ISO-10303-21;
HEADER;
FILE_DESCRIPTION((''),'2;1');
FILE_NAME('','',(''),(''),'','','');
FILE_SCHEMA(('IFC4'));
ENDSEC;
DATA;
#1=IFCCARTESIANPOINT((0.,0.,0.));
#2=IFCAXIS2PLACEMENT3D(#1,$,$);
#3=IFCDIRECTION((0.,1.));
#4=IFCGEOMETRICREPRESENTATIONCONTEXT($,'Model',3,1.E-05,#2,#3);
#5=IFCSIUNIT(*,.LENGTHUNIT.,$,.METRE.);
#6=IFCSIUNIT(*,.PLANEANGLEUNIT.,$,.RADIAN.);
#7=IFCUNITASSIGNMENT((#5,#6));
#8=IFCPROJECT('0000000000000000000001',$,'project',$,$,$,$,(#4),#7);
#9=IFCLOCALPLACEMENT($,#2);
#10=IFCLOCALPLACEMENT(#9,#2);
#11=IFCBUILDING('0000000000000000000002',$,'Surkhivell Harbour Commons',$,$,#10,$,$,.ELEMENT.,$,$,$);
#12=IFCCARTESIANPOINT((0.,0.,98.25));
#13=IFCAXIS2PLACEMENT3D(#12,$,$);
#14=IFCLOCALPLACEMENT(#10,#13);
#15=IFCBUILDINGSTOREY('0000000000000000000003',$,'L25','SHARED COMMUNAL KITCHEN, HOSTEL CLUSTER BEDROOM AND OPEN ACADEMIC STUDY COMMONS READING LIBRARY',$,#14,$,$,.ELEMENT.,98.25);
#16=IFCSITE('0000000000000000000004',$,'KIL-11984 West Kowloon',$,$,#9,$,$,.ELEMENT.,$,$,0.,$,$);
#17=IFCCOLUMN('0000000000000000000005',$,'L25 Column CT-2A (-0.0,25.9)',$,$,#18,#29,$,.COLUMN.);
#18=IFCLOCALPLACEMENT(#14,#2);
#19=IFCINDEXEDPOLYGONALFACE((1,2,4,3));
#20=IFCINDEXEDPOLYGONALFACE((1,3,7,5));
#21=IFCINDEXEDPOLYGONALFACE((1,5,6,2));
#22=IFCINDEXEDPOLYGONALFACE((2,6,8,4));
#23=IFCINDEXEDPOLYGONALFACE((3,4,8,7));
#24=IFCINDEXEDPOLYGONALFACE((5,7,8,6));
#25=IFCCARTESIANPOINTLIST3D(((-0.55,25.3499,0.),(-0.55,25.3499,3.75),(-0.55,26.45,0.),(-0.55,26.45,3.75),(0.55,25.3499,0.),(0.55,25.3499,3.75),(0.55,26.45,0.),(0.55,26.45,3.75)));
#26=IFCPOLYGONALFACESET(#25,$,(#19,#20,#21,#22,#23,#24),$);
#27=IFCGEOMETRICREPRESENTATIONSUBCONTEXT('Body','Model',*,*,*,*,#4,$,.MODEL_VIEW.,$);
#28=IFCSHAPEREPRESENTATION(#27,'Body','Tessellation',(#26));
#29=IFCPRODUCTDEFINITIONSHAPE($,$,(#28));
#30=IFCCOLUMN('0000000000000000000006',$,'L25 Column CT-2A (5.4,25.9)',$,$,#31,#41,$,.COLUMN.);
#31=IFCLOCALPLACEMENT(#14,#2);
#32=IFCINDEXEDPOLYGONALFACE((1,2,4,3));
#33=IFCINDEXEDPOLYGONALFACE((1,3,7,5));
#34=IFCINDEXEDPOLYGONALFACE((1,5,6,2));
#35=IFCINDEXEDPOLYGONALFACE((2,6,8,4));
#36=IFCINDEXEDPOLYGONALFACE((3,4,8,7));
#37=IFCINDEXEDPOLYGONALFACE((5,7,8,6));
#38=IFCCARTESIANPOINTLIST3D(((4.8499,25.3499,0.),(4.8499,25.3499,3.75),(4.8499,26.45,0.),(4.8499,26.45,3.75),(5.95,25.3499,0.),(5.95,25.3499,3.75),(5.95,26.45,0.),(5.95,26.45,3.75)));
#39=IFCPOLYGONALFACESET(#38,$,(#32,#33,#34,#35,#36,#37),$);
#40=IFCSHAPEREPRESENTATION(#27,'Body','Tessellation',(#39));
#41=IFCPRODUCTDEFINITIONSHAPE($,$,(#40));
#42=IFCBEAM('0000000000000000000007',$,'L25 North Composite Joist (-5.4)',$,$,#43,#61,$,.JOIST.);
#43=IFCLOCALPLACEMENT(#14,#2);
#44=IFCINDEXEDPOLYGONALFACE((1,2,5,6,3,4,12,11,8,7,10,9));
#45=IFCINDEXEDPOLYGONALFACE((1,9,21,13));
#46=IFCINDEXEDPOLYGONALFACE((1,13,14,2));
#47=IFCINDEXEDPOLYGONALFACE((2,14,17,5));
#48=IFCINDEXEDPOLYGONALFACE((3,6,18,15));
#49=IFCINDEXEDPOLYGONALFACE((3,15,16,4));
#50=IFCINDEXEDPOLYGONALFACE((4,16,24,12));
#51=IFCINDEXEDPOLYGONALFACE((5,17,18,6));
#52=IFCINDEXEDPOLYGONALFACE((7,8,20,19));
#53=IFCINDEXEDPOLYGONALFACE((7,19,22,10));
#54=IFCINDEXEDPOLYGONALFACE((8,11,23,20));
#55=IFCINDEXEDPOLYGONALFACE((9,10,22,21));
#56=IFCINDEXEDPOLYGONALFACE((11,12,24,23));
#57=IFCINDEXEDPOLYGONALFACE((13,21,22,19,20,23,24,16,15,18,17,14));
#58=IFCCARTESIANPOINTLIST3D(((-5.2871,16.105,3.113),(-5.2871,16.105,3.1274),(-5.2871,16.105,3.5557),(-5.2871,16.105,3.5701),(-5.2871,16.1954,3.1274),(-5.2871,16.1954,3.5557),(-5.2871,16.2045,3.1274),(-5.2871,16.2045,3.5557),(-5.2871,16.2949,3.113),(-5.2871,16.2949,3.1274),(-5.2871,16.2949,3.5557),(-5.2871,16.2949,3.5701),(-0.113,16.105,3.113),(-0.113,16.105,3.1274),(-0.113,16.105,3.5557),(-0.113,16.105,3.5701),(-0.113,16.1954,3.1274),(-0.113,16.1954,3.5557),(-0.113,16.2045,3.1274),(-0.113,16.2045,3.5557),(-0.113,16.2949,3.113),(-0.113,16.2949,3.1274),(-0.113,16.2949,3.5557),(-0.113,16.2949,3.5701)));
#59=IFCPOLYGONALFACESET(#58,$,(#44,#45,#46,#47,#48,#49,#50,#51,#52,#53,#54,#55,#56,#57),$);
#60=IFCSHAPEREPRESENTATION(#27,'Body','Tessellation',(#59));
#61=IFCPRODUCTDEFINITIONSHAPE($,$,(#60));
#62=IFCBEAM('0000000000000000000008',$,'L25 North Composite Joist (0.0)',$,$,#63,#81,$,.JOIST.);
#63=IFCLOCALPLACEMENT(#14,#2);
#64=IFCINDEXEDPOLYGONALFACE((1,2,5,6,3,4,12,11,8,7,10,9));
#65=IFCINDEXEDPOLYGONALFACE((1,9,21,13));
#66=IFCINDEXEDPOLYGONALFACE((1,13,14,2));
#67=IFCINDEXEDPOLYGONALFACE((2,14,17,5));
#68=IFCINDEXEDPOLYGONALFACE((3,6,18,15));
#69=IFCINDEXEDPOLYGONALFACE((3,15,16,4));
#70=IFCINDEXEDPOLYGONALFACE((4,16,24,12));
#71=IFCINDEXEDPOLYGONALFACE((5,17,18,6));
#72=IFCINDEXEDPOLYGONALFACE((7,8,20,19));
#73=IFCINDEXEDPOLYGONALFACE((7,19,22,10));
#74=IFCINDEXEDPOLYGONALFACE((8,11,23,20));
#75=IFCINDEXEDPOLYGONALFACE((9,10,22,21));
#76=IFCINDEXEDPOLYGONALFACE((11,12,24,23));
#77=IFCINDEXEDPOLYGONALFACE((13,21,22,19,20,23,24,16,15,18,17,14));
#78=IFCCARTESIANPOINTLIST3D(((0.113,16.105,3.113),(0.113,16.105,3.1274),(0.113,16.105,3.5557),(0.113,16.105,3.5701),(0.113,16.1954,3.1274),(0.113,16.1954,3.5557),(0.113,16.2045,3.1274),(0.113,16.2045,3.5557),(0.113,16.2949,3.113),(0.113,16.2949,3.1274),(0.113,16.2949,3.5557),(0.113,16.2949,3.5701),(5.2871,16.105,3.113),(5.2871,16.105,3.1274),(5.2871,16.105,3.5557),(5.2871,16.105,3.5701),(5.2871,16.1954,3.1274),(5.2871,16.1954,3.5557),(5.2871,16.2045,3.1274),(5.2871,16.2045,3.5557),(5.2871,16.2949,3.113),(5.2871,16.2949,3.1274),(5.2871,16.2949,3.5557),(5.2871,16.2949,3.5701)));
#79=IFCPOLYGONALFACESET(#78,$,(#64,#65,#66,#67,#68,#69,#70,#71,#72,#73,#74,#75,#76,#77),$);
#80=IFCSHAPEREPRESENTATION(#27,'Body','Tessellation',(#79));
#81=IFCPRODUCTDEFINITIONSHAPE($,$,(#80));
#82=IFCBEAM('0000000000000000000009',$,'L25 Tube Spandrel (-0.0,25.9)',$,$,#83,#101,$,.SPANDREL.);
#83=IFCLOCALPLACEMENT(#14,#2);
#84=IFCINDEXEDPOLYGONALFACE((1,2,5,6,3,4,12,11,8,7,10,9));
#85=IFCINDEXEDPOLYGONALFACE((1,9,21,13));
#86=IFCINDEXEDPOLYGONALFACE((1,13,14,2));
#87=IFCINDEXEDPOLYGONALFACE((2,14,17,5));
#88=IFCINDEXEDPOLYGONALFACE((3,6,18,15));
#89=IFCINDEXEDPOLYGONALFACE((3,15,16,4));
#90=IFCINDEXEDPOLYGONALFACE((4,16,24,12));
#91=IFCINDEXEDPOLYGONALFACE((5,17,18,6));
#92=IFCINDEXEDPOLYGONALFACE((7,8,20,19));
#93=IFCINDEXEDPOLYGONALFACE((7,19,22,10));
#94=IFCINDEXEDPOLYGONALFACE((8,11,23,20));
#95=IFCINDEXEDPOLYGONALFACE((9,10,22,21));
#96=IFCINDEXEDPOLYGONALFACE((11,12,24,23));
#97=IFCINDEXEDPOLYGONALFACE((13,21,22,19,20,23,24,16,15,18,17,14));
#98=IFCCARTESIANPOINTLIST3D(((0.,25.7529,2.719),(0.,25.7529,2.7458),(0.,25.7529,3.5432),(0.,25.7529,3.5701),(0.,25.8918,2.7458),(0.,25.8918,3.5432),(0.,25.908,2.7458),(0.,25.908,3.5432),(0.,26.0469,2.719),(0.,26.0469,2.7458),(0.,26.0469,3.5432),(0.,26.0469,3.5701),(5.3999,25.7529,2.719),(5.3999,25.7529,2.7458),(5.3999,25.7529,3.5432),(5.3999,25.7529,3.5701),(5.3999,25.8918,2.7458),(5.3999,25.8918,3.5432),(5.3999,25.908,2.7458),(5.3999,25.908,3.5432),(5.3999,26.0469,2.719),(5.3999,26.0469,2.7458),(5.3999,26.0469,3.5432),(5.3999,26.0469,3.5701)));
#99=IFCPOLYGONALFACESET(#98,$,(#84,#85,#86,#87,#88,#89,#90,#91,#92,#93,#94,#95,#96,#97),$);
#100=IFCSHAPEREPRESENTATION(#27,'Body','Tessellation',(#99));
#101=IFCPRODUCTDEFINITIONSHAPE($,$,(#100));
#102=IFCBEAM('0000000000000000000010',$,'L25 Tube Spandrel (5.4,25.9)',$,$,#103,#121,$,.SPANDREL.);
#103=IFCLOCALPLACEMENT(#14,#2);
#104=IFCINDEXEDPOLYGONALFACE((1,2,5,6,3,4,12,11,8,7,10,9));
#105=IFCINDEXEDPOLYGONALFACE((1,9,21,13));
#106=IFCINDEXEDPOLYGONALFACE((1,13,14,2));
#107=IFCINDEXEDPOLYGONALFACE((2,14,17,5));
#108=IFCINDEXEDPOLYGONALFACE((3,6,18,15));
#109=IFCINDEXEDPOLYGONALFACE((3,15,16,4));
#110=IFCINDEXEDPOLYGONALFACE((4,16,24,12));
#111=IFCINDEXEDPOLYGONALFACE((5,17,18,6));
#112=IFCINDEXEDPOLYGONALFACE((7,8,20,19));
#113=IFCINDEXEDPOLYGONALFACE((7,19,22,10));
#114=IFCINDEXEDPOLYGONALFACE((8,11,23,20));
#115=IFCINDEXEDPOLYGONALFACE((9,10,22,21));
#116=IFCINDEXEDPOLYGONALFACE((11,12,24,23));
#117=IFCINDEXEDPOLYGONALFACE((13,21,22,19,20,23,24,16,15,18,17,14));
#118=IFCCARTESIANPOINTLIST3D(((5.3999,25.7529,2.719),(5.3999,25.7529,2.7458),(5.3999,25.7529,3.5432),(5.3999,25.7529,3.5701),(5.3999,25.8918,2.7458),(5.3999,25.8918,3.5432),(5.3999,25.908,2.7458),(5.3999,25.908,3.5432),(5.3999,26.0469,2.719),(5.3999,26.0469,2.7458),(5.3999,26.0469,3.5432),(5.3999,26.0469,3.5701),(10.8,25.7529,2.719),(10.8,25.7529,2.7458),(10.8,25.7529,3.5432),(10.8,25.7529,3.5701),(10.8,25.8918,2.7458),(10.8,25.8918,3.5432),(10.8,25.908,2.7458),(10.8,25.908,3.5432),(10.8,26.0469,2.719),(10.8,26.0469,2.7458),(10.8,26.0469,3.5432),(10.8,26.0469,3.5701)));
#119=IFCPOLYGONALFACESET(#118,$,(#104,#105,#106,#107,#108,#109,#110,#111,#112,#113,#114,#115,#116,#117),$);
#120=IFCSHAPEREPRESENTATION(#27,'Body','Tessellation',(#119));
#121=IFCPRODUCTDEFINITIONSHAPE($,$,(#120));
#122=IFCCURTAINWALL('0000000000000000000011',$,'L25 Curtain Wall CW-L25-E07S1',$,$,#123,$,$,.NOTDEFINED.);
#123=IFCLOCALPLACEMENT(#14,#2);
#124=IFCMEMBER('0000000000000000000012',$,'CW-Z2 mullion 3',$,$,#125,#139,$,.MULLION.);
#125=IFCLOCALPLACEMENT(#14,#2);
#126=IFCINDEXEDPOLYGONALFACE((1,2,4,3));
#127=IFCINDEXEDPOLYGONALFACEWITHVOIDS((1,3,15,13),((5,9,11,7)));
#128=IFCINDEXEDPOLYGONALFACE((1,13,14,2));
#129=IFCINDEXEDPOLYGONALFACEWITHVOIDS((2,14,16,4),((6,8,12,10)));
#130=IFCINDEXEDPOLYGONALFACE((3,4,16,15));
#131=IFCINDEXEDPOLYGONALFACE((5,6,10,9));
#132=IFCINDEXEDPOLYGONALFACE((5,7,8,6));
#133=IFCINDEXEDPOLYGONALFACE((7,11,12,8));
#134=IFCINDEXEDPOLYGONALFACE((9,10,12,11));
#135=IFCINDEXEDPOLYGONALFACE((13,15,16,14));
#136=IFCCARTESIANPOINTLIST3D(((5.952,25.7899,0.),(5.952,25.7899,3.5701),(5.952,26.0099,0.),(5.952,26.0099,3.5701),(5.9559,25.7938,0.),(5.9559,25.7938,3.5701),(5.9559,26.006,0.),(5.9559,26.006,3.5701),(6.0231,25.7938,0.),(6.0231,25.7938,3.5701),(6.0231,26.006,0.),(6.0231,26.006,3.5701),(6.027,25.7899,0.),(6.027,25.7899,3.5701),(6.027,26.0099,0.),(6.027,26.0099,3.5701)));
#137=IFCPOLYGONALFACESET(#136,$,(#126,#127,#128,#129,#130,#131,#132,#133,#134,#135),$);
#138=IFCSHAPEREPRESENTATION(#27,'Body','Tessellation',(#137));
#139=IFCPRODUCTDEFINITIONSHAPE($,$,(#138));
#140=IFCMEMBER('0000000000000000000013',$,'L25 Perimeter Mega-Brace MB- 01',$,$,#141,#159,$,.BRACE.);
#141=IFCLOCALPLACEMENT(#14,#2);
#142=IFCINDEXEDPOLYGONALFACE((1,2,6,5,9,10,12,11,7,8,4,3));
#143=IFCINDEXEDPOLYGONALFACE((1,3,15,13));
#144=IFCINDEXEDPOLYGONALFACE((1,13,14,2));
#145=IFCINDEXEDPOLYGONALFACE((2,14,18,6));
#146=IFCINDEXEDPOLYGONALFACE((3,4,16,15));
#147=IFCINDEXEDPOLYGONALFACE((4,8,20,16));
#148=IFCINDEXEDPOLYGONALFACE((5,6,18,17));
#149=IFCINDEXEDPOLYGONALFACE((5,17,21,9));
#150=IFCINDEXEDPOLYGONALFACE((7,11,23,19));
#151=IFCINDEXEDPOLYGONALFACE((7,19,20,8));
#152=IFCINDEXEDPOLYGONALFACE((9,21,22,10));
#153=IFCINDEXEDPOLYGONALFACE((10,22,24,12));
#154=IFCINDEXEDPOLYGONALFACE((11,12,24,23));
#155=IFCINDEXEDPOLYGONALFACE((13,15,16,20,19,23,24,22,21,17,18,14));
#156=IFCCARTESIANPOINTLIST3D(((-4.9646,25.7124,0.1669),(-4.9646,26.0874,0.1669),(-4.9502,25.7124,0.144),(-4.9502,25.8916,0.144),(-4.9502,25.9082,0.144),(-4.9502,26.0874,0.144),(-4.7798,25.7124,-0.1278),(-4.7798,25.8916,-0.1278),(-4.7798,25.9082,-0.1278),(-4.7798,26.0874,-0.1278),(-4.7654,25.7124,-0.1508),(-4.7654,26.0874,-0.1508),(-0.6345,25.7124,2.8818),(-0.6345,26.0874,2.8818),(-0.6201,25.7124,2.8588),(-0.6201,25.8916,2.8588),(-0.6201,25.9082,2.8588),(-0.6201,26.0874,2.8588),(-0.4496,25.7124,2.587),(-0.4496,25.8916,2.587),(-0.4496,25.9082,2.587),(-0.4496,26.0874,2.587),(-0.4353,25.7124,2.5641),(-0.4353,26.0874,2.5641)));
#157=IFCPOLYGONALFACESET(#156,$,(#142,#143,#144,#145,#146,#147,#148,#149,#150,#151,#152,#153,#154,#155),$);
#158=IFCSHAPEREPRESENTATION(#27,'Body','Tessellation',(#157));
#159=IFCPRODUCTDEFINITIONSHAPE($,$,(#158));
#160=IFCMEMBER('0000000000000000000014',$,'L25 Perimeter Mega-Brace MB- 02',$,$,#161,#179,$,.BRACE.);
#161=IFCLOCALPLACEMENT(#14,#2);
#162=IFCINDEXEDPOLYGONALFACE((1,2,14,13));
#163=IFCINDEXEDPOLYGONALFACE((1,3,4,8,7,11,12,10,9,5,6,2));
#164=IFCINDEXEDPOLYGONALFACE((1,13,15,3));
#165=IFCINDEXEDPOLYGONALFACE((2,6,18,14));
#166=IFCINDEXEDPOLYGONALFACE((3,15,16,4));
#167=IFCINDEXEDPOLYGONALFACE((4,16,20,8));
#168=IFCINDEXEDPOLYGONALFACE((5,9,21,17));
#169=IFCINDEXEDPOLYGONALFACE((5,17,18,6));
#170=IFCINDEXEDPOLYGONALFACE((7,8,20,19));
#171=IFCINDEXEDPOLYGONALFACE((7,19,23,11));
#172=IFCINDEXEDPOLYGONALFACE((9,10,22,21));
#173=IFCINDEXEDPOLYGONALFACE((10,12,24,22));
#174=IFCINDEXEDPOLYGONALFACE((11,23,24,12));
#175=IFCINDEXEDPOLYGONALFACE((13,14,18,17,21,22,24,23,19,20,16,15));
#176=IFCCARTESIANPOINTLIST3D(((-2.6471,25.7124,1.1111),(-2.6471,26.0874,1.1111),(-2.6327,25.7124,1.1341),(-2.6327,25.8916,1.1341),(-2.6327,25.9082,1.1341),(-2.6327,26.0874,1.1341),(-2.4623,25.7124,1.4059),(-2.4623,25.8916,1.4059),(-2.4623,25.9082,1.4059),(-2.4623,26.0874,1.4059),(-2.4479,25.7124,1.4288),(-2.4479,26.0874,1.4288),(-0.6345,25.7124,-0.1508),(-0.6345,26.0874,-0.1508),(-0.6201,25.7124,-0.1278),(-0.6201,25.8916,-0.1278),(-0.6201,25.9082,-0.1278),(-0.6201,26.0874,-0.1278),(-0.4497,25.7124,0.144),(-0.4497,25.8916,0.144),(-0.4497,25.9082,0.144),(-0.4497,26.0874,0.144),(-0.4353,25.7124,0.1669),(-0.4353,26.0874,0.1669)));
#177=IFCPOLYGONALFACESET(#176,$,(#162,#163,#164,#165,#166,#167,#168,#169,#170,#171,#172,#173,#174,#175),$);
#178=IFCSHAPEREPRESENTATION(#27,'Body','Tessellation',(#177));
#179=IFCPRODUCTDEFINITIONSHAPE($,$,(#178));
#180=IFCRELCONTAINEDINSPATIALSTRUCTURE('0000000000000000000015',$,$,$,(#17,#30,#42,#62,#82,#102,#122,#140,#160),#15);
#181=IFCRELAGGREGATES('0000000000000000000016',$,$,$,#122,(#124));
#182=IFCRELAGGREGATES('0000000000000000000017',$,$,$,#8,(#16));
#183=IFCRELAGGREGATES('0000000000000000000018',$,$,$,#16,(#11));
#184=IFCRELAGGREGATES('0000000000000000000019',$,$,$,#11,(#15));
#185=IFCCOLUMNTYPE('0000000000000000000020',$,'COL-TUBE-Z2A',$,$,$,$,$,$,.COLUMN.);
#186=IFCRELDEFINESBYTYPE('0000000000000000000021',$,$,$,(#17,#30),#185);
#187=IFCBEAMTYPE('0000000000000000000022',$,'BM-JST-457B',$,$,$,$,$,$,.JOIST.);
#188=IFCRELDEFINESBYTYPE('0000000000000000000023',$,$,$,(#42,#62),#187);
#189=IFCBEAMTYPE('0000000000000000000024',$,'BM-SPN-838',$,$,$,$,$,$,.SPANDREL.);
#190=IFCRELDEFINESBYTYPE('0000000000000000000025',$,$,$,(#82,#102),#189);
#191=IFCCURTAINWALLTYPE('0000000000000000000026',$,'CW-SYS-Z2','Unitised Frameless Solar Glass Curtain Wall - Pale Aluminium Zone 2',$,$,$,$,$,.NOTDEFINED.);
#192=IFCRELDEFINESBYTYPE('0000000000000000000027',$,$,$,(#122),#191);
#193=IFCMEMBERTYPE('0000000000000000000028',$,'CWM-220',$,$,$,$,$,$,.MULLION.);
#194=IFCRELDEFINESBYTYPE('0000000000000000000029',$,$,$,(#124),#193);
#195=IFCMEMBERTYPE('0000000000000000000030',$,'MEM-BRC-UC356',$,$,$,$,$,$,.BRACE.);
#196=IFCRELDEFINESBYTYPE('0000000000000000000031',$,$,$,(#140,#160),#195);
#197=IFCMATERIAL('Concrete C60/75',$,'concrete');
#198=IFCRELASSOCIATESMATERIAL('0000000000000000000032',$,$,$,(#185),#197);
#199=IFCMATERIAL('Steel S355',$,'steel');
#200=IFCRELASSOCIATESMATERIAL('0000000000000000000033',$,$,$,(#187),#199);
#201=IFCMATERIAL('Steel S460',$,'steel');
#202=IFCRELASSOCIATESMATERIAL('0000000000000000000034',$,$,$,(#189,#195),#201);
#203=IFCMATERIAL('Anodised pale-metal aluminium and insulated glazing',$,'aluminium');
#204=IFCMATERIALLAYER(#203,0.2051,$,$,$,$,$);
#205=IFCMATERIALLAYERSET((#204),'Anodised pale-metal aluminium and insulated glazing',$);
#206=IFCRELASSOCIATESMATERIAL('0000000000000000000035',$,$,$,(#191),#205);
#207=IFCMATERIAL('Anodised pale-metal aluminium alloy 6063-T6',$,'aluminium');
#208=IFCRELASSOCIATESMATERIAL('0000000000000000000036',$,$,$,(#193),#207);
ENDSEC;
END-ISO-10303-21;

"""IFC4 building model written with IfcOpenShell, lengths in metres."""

from ifc_helpers import new_model, si_unit, direction, frame, origin, origin_2d, place, context, subcontext, project, spatial, rectangle, hollow_rectangle, i_section, extrude, material, layer, layer_set, material_profile, profile_set, type_object, element, aggregate, save


model = new_model("IFC4")

# Units and contexts
model_context = context("Model", 3, precision=1e-05, world=origin(), true_north=direction((0.0, 1.0)))
body_context = subcontext(model_context, "Body", "Model", "MODEL_VIEW")
ifc_project = project(units=[si_unit("LENGTHUNIT", "METRE"), si_unit("PLANEANGLEUNIT", "RADIAN")], contexts=[model_context])

# Site, building, storey
site_placement = place(None, origin())
site = spatial("IfcSite", under=ifc_project, at=site_placement, Name="KIL-11984 West Kowloon", CompositionType="ELEMENT", RefElevation=0.0)
building_placement = place(site_placement, origin())
building = spatial("IfcBuilding", under=site, at=building_placement, Name="Surkhivell Harbour Commons", CompositionType="ELEMENT")
storey_placement = place(building_placement, frame((0.0, 0.0, 98.25)))
storey = spatial("IfcBuildingStorey", under=building, at=storey_placement, Name="L25", Description="SHARED COMMUNAL KITCHEN, HOSTEL CLUSTER BEDROOM AND OPEN ACADEMIC STUDY COMMONS READING LIBRARY", CompositionType="ELEMENT", Elevation=98.25)

# Columns
ifc_material_1 = material(Name="Concrete C60/75", Category="concrete")
ifc_material_profile_1 = material_profile(ifc_material_1, rectangle(XDim=1.1001, YDim=1.1001, at=origin_2d()), Name="RC-COL-1100x1100")
ifc_profile_set_1 = profile_set([ifc_material_profile_1], Name="Concrete C60/75")
column_type = type_object("IfcColumnType", Name="COL-TUBE-Z2A", PredefinedType="COLUMN", material=ifc_profile_set_1)
for number, where, z_axis, x_axis, name in (
    (1, (0.0, 25.8999, 0.0), (0.0, 0.0, 1.0), (1.0, 0.0, 0.0), "L25 Column CT-2A (-0.0,25.9)"),
    (2, (5.3999, 25.8999, 0.0), (0.0, 0.0, 1.0), (1.0, 0.0, 0.0), "L25 Column CT-2A (5.4,25.9)"),
):
    element("IfcColumn", number, at=place(storey_placement, frame(where, z_axis=z_axis, x_axis=x_axis)), inside=storey, type_object=column_type, Name=name, PredefinedType="COLUMN", context=body_context, shape_type="SweptSolid", body=[
        extrude(rectangle(XDim=1.1001, YDim=1.1001, at=origin_2d()), origin(), (0.0, 0.0, 1.0), 3.75),
    ])

# Beams
ifc_material_2 = material(Name="Steel S355", Category="steel")
ifc_material_profile_2 = material_profile(ifc_material_2, i_section(OverallWidth=0.1899, OverallDepth=0.457, WebThickness=0.009, FlangeThickness=0.0144, at=origin_2d()), Name="UB457x191x74")
ifc_profile_set_2 = profile_set([ifc_material_profile_2], Name="Steel S355")
beam_type_1 = type_object("IfcBeamType", Name="BM-JST-457B", PredefinedType="JOIST", material=ifc_profile_set_2)
for number, where, z_axis, x_axis, name in (
    (3, (-5.2871, 16.2, 3.3416), (1.0, 0.0, 0.0), (0.0, 1.0, 0.0), "L25 North Composite Joist (-5.4)"),
    (4, (0.113, 16.2, 3.3416), (1.0, 0.0, 0.0), (0.0, 1.0, 0.0), "L25 North Composite Joist (0.0)"),
):
    element("IfcBeam", number, at=place(storey_placement, frame(where, z_axis=z_axis, x_axis=x_axis)), inside=storey, type_object=beam_type_1, Name=name, PredefinedType="JOIST", context=body_context, shape_type="SweptSolid", body=[
        extrude(i_section(OverallWidth=0.1899, OverallDepth=0.457, WebThickness=0.009, FlangeThickness=0.0144, at=origin_2d()), origin(), (0.0, 0.0, 1.0), 5.1741),
    ])
ifc_material_3 = material(Name="Steel S460", Category="steel")
ifc_material_profile_3 = material_profile(ifc_material_3, i_section(OverallWidth=0.2939, OverallDepth=0.8511, WebThickness=0.0161, FlangeThickness=0.0269, at=origin_2d()), Name="UB838x292x226")
ifc_profile_set_3 = profile_set([ifc_material_profile_3], Name="Steel S460")
beam_type_2 = type_object("IfcBeamType", Name="BM-SPN-838", PredefinedType="SPANDREL", material=ifc_profile_set_3)
beam_1_placement = place(storey_placement, frame((0.0, 25.8999, 3.1445), z_axis=(1.0, 0.0, 0.0), x_axis=(0.0, 1.0, 0.0)))
element("IfcBeam", 5, at=beam_1_placement, inside=storey, type_object=beam_type_2, Name="L25 Tube Spandrel (-0.0,25.9)", PredefinedType="SPANDREL", context=body_context, shape_type="SweptSolid", body=[
    extrude(i_section(OverallWidth=0.2939, OverallDepth=0.8511, WebThickness=0.0161, FlangeThickness=0.0269, at=origin_2d()), origin(), (0.0, 0.0, 1.0), 5.3999),
])
beam_2_placement = place(storey_placement, frame((5.3999, 25.8999, 3.1445), z_axis=(1.0, 0.0, 0.0), x_axis=(0.0, 1.0, 0.0)))
element("IfcBeam", 6, at=beam_2_placement, inside=storey, type_object=beam_type_2, Name="L25 Tube Spandrel (5.4,25.9)", PredefinedType="SPANDREL", context=body_context, shape_type="SweptSolid", body=[
    extrude(i_section(OverallWidth=0.2939, OverallDepth=0.8511, WebThickness=0.0161, FlangeThickness=0.0269, at=origin_2d()), origin(), (0.0, 0.0, 1.0), 5.4001),
])

# Curtain wall, member
ifc_material_4 = material(Name="Anodised pale-metal aluminium and insulated glazing", Category="aluminium")
ifc_layer_1 = layer(ifc_material_4, 0.2051)
ifc_layer_set_1 = layer_set([ifc_layer_1], Name="Anodised pale-metal aluminium and insulated glazing")
curtain_wall_type = type_object("IfcCurtainWallType", Name="CW-SYS-Z2", Description="Unitised Frameless Solar Glass Curtain Wall - Pale Aluminium Zone 2", PredefinedType="NOTDEFINED", material=ifc_layer_set_1)
curtain_wall_placement = place(storey_placement, origin())
curtain_wall = element("IfcCurtainWall", 7, at=curtain_wall_placement, inside=storey, type_object=curtain_wall_type, Name="L25 Curtain Wall CW-L25-E07S1", PredefinedType="NOTDEFINED")
ifc_material_5 = material(Name="Anodised pale-metal aluminium alloy 6063-T6", Category="aluminium")
ifc_material_profile_4 = material_profile(ifc_material_5, hollow_rectangle(XDim=0.075, YDim=0.22, WallThickness=0.0039, at=origin_2d()), Name="ALU-MULL-75x220")
ifc_profile_set_4 = profile_set([ifc_material_profile_4], Name="Anodised pale-metal aluminium alloy 6063-T6")
member_type_1 = type_object("IfcMemberType", Name="CWM-220", PredefinedType="MULLION", material=ifc_profile_set_4)
member_1_placement = place(storey_placement, frame((5.9895, 25.8999, 0.0), z_axis=(0.0, 0.0, 1.0), x_axis=(-1.0, 0.0, 0.0)))
member_1 = element("IfcMember", 8, at=member_1_placement, type_object=member_type_1, Name="CW-Z2 mullion 3", PredefinedType="MULLION", context=body_context, shape_type="SweptSolid", body=[
    extrude(hollow_rectangle(XDim=0.075, YDim=0.22, WallThickness=0.0039, at=origin_2d()), origin(), (0.0, 0.0, 1.0), 3.5701),
])
aggregate(curtain_wall, [member_1])

# Members
ifc_material_profile_5 = material_profile(ifc_material_3, i_section(OverallWidth=0.375, OverallDepth=0.375, WebThickness=0.0166, FlangeThickness=0.0271, at=origin_2d()), Name="UC356x368x202")
ifc_profile_set_5 = profile_set([ifc_material_profile_5], Name="Steel S460")
member_type_2 = type_object("IfcMemberType", Name="MEM-BRC-UC356", PredefinedType="BRACE", material=ifc_profile_set_5)
member_2_placement = place(storey_placement, frame((-4.865, 25.8999, 0.0081), z_axis=(0.847246, 0.0, 0.531201), x_axis=(0.0, 1.0, 0.0)))
element("IfcMember", 9, at=member_2_placement, inside=storey, type_object=member_type_2, Name="L25 Perimeter Mega-Brace MB- 01", PredefinedType="BRACE", context=body_context, shape_type="SweptSolid", body=[
    extrude(i_section(OverallWidth=0.375, OverallDepth=0.375, WebThickness=0.0166, FlangeThickness=0.0271, at=origin_2d()), origin(), (0.0, 0.0, 1.0), 5.1108),
])
member_3_placement = place(storey_placement, frame((-0.5349, 25.8999, 0.0081), z_axis=(-0.847235, 0.0, 0.531218), x_axis=(0.0, -1.0, 0.0)))
element("IfcMember", 10, at=member_3_placement, inside=storey, type_object=member_type_2, Name="L25 Perimeter Mega-Brace MB- 02", PredefinedType="BRACE", context=body_context, shape_type="SweptSolid", body=[
    extrude(i_section(OverallWidth=0.375, OverallDepth=0.375, WebThickness=0.0166, FlangeThickness=0.0271, at=origin_2d()), origin(), (0.0, 0.0, 1.0), 2.3755),
])

save(model, "model.ifc")
